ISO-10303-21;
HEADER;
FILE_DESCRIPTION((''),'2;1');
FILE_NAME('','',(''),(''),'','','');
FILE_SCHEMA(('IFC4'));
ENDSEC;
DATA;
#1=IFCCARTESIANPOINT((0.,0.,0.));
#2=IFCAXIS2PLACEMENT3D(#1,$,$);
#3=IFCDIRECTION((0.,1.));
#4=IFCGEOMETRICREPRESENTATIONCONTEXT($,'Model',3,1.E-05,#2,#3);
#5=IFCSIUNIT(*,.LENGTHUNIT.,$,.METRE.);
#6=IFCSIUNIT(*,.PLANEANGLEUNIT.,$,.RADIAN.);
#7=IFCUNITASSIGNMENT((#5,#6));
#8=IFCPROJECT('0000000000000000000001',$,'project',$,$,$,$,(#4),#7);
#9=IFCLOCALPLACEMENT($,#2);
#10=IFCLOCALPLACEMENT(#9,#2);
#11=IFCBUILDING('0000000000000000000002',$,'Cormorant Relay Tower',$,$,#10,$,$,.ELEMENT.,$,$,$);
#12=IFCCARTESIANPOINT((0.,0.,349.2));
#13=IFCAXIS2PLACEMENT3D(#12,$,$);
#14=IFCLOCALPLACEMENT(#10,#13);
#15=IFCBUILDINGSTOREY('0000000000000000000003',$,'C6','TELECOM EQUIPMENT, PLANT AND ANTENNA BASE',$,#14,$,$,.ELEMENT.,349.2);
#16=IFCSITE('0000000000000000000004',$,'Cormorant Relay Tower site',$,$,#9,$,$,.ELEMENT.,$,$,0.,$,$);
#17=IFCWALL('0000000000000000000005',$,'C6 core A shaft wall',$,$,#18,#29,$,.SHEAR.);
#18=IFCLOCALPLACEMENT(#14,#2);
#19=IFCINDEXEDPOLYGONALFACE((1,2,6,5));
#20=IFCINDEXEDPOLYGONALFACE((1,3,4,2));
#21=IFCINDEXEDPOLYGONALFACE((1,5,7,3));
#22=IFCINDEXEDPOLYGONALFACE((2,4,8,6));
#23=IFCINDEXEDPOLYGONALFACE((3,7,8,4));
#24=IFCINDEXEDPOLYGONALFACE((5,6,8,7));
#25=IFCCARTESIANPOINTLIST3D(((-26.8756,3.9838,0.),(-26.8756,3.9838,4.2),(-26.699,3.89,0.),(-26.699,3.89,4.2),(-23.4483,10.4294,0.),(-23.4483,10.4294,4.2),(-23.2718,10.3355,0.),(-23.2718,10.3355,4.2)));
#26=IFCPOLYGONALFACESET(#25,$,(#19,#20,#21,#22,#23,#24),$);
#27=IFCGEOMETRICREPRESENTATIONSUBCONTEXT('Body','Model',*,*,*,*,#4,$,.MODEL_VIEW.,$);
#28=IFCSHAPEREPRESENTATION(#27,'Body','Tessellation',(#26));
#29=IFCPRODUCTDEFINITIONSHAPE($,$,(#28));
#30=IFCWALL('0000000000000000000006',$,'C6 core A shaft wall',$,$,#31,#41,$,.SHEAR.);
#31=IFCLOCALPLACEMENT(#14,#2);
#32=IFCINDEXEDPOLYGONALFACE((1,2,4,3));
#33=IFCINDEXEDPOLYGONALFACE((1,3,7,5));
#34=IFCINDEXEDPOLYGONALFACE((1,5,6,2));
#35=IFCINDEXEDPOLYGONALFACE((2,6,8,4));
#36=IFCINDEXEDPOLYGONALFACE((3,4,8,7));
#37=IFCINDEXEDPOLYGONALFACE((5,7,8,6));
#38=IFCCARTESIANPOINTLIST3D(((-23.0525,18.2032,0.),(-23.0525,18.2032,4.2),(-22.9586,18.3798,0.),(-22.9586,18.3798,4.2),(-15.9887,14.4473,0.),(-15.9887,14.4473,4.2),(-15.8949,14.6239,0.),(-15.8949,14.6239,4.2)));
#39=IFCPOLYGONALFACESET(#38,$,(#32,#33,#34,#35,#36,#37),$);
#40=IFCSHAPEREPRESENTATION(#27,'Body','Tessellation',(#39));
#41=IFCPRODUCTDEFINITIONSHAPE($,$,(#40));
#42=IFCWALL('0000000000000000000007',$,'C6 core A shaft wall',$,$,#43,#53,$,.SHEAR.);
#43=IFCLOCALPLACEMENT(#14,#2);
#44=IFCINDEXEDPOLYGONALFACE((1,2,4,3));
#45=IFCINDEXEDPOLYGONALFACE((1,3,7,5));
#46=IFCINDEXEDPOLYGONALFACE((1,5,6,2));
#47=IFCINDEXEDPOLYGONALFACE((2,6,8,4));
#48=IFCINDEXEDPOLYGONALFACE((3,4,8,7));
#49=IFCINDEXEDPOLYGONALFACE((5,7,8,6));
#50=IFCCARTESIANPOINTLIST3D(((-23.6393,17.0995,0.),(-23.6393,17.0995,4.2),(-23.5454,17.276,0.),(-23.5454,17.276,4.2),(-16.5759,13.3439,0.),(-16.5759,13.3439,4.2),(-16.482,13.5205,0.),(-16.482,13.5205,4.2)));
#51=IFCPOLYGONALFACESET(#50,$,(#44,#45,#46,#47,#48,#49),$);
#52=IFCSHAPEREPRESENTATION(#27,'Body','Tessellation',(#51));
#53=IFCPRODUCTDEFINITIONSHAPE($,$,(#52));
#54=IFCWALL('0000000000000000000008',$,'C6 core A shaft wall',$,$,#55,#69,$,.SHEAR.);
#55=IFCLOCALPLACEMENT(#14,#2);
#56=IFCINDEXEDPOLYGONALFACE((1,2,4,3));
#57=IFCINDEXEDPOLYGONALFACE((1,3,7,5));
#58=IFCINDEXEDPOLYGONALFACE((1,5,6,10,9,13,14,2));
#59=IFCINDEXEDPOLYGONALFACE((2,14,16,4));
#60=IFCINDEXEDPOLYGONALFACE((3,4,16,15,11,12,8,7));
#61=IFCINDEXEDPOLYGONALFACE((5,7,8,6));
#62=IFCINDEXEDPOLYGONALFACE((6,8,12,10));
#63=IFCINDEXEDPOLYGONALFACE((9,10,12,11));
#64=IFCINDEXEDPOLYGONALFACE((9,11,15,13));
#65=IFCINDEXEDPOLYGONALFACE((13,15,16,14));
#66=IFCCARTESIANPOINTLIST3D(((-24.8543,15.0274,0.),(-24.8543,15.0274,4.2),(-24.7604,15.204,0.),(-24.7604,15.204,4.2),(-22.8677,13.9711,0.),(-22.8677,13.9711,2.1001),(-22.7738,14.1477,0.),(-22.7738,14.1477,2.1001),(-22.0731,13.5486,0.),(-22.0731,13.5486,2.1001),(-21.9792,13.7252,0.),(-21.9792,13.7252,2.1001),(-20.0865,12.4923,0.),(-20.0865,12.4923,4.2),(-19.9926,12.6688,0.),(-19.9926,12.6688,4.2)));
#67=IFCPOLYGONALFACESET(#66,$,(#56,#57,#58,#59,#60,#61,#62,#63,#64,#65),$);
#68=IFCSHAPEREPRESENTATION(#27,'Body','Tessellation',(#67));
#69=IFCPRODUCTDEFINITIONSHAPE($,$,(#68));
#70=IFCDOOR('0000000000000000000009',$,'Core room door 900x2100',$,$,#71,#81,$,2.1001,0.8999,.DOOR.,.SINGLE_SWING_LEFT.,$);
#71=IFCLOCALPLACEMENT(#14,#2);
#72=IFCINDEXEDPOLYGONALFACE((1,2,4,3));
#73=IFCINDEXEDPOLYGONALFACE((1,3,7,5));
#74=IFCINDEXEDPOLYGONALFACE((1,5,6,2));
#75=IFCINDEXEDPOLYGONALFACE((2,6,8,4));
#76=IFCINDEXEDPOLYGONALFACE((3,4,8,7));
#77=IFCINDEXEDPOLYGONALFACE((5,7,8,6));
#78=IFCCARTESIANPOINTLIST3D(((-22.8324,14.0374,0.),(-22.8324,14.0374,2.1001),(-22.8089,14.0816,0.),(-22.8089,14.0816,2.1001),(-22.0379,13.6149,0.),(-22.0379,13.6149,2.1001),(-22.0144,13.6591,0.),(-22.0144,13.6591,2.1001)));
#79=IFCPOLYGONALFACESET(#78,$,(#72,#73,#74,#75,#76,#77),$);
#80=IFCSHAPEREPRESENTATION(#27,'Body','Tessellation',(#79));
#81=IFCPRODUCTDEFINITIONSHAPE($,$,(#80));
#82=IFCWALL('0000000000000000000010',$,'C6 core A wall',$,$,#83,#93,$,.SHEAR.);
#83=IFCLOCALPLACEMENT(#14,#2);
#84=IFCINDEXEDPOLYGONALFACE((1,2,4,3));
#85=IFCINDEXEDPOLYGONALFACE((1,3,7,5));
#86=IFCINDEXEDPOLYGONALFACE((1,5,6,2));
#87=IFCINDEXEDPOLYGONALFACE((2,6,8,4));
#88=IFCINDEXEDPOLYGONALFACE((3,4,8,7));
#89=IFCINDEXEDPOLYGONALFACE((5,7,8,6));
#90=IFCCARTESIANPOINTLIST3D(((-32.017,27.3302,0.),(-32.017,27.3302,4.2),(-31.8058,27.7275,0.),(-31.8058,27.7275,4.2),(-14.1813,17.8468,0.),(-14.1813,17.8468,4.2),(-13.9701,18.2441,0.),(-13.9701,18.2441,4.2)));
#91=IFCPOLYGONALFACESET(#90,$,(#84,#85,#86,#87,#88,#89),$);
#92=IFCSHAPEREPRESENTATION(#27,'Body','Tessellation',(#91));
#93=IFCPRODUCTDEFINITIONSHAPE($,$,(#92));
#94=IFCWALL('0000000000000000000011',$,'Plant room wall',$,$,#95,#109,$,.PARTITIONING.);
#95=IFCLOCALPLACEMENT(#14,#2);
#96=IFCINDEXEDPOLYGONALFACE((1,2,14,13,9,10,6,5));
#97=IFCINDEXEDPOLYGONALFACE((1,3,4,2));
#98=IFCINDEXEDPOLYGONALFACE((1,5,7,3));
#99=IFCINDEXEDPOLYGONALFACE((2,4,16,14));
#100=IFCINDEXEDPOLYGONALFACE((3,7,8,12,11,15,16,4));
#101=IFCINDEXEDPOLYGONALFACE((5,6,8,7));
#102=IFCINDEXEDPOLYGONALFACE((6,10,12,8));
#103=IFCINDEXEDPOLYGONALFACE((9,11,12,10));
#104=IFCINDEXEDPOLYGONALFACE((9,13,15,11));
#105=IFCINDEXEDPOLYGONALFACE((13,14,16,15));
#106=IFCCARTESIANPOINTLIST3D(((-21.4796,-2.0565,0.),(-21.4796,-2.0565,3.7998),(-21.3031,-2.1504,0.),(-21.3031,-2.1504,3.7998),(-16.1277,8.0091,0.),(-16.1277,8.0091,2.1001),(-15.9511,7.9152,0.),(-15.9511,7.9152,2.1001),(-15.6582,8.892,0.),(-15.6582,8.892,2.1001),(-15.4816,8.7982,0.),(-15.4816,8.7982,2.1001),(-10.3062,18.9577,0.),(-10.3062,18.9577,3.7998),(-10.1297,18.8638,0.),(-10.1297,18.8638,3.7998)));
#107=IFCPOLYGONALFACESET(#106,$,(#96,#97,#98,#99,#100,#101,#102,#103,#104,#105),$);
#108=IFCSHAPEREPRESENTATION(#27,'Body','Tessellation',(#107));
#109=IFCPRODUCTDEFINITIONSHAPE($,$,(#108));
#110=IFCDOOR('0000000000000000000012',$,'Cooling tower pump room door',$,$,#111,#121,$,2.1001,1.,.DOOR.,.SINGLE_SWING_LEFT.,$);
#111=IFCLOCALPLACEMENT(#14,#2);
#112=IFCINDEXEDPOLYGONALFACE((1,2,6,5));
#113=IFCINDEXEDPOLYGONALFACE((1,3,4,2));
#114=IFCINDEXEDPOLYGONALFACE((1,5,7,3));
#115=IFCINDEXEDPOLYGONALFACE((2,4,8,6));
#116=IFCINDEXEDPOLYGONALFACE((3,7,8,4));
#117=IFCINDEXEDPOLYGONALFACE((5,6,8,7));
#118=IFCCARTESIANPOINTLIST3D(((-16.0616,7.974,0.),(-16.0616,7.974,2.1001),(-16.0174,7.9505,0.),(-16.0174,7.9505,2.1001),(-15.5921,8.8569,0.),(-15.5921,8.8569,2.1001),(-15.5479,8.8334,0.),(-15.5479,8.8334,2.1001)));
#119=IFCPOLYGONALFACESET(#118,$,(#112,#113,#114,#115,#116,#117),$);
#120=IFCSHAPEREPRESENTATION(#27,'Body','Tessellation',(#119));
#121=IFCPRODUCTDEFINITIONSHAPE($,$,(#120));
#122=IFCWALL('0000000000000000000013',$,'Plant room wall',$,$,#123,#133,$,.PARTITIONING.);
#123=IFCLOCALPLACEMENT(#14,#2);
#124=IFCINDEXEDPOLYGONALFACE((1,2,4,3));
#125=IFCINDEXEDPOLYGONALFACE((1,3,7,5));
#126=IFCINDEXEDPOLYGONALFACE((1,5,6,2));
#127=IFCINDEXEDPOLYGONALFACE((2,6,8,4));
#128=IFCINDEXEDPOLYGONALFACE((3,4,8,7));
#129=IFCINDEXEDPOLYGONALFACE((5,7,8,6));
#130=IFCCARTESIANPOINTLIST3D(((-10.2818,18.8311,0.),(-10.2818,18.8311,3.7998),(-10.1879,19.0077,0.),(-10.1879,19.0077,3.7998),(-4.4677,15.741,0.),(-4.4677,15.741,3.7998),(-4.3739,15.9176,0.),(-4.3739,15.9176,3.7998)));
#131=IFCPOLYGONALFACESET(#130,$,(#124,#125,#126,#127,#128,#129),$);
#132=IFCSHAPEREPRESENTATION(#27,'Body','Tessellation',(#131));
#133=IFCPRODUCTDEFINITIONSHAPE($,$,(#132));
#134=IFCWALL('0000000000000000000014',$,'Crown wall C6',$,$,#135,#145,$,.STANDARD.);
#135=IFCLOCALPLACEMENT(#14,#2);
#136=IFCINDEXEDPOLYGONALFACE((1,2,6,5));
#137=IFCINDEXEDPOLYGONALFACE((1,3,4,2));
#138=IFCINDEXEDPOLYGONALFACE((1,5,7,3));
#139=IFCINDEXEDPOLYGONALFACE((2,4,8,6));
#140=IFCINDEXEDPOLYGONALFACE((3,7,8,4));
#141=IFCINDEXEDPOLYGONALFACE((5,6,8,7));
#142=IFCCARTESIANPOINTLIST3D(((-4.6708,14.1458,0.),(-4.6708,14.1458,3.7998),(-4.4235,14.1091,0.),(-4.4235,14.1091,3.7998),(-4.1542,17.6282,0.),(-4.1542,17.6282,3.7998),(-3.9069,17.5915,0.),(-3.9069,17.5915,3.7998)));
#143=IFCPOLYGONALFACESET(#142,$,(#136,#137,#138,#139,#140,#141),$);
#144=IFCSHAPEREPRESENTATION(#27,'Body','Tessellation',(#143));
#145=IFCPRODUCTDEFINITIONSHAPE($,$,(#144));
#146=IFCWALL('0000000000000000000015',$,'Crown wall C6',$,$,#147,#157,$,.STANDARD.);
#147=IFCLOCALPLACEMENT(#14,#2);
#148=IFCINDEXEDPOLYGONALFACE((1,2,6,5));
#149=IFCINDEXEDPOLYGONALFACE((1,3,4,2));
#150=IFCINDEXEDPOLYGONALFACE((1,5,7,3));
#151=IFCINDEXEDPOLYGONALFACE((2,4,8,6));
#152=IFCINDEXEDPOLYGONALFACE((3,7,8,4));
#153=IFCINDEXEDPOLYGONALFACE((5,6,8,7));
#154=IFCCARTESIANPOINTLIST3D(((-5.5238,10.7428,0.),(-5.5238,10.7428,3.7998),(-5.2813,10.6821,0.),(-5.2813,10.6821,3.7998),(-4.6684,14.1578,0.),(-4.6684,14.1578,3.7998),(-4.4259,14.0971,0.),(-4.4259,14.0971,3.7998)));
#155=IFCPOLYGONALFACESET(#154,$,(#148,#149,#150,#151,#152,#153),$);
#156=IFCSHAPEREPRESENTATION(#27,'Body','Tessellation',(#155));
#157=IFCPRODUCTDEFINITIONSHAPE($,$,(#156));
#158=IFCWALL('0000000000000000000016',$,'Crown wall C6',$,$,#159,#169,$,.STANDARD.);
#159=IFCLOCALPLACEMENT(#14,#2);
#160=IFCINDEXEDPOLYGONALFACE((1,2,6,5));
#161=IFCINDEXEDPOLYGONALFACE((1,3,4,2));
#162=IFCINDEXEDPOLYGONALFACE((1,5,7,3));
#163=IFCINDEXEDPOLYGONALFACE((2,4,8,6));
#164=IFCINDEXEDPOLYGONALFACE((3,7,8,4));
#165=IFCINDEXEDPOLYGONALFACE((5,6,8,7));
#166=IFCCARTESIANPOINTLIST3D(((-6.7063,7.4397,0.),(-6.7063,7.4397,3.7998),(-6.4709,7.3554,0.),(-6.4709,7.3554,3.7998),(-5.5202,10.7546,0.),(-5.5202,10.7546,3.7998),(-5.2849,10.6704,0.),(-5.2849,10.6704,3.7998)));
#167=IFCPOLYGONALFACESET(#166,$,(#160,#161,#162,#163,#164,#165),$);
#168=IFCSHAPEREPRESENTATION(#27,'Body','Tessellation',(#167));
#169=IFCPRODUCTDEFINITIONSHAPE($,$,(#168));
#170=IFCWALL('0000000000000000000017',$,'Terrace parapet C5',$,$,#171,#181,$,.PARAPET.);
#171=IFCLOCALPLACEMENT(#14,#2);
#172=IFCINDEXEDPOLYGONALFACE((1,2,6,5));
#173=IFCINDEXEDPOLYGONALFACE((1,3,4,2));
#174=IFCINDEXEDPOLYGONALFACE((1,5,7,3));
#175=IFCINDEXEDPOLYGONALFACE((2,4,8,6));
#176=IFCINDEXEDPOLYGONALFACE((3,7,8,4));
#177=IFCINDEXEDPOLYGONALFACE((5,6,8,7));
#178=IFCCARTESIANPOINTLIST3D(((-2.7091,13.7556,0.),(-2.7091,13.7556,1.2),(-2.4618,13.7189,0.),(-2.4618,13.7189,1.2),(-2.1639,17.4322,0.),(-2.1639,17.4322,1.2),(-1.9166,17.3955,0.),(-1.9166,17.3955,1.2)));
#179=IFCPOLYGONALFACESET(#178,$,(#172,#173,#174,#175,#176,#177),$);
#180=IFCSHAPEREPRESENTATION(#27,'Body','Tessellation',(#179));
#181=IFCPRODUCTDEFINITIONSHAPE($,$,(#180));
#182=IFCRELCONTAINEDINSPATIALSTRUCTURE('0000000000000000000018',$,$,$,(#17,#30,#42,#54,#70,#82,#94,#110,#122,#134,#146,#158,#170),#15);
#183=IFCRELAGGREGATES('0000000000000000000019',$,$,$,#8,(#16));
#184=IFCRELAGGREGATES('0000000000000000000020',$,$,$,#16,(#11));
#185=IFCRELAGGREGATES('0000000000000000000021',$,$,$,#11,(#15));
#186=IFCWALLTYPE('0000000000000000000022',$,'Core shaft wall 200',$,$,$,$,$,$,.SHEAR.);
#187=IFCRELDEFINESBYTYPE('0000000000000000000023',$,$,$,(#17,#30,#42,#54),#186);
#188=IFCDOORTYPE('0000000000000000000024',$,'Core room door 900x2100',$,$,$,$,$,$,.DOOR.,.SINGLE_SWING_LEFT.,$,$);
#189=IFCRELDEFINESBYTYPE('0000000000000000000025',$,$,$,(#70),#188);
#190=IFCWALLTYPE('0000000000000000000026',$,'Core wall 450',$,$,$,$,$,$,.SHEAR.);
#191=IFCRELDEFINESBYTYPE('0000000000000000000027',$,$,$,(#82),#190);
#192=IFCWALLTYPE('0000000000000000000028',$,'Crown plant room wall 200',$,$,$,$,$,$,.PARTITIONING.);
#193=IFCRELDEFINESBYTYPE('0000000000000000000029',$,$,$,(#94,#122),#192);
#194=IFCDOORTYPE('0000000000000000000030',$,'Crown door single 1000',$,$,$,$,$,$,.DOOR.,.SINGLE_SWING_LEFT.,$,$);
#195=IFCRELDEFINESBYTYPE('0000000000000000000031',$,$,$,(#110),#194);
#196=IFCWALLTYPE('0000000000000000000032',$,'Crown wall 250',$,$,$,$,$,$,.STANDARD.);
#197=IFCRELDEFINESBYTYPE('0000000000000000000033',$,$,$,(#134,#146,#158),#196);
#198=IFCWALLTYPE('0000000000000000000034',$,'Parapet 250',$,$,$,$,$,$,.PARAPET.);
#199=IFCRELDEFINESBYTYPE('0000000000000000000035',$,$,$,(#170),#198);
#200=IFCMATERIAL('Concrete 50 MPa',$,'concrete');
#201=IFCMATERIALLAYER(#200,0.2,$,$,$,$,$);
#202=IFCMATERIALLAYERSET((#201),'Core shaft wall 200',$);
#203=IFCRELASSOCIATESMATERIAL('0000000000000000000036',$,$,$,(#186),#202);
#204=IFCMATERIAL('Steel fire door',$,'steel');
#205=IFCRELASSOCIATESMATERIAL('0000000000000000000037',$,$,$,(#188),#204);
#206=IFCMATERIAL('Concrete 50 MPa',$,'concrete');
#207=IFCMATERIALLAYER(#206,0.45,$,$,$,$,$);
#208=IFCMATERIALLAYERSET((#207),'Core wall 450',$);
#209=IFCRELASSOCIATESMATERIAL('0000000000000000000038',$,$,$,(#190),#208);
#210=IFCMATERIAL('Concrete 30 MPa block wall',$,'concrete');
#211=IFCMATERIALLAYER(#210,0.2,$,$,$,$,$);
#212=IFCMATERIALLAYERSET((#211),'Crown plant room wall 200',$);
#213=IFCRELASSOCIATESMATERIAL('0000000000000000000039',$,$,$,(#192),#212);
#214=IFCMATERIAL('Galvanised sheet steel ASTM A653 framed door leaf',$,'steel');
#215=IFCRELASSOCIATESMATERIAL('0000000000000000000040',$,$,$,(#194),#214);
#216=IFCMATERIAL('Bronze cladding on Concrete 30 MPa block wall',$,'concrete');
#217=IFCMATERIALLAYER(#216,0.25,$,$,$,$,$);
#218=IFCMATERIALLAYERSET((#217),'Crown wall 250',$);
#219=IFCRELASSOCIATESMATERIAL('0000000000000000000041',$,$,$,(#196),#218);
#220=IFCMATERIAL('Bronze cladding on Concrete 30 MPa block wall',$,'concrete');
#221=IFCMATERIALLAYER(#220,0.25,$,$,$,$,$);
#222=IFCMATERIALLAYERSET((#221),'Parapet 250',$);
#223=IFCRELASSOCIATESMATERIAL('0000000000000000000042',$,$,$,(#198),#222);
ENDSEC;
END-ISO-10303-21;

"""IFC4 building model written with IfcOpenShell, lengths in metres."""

from ifc_helpers import new_model, si_unit, direction, frame, frame_2d, origin, place, context, subcontext, project, spatial, rectangle, extrude, material, layer, layer_set, type_object, element, fill, save


model = new_model("IFC4")

# Units and contexts
model_context = context("Model", 3, precision=1e-05, world=origin(), true_north=direction((0.0, 1.0)))
body_context = subcontext(model_context, "Body", "Model", "MODEL_VIEW")
ifc_project = project(units=[si_unit("LENGTHUNIT", "METRE"), si_unit("PLANEANGLEUNIT", "RADIAN")], contexts=[model_context])

# Site, building, storey
site_placement = place(None, origin())
site = spatial("IfcSite", under=ifc_project, at=site_placement, Name="Cormorant Relay Tower site", CompositionType="ELEMENT", RefElevation=0.0)
building_placement = place(site_placement, origin())
building = spatial("IfcBuilding", under=site, at=building_placement, Name="Cormorant Relay Tower", CompositionType="ELEMENT")
storey_placement = place(building_placement, frame((0.0, 0.0, 349.2)))
storey = spatial("IfcBuildingStorey", under=building, at=storey_placement, Name="C6", Description="TELECOM EQUIPMENT, PLANT AND ANTENNA BASE", CompositionType="ELEMENT", Elevation=349.2)

# Walls
ifc_material_1 = material(Name="Concrete 50 MPa", Category="concrete")
ifc_layer_1 = layer(ifc_material_1, 0.2)
ifc_layer_set_1 = layer_set([ifc_layer_1], Name="Core shaft wall 200")
wall_type_1 = type_object("IfcWallType", Name="Core shaft wall 200", PredefinedType="SHEAR", material=ifc_layer_set_1)
wall_1_placement = place(storey_placement, frame((-23.3601, 10.3823, 0.0), z_axis=(0.0, 0.0, 1.0), x_axis=(-0.46948, -0.882943, 0.0)))
element("IfcWall", 1, at=wall_1_placement, inside=storey, type_object=wall_type_1, Name="C6 core A shaft wall", PredefinedType="SHEAR", context=body_context, shape_type="SweptSolid", body=[
    extrude(rectangle(XDim=7.3, YDim=0.2, at=frame_2d((3.6499, 0.0))), origin(), (0.0, 0.0, 1.0), 4.2),
])
wall_2_placement = place(storey_placement, frame((-15.9419, 14.5356, 0.0), z_axis=(0.0, 0.0, 1.0), x_axis=(-0.882947, 0.469473, 0.0)))
element("IfcWall", 2, at=wall_2_placement, inside=storey, type_object=wall_type_1, Name="C6 core A shaft wall", PredefinedType="SHEAR", context=body_context, shape_type="SweptSolid", body=[
    extrude(rectangle(XDim=8.0002, YDim=0.2, at=frame_2d((4.0, 0.0))), origin(), (0.0, 0.0, 1.0), 4.2),
])
wall_3_placement = place(storey_placement, frame((-16.5288, 13.4321, 0.0), z_axis=(0.0, 0.0, 1.0), x_axis=(-0.882953, 0.469462, 0.0)))
element("IfcWall", 3, at=wall_3_placement, inside=storey, type_object=wall_type_1, Name="C6 core A shaft wall", PredefinedType="SHEAR", context=body_context, shape_type="SweptSolid", body=[
    extrude(rectangle(XDim=7.9998, YDim=0.2, at=frame_2d((4.0, 0.0))), origin(), (0.0, 0.0, 1.0), 4.2),
])

# Wall, opening, door
wall_4_placement = place(storey_placement, frame((-20.0396, 12.5806, 0.0), z_axis=(0.0, 0.0, 1.0), x_axis=(-0.882943, 0.46948, 0.0)))
wall_4 = element("IfcWall", 4, at=wall_4_placement, inside=storey, type_object=wall_type_1, Name="C6 core A shaft wall", PredefinedType="SHEAR", context=body_context, shape_type="SweptSolid", body=[
    extrude(rectangle(XDim=5.3999, YDim=0.2, at=frame_2d((2.7, 0.0))), origin(), (0.0, 0.0, 1.0), 4.2),
])
opening_1_placement = place(wall_4_placement, frame((2.25, 0.0, 0.0)))
opening_1 = element("IfcOpeningElement", 5, at=opening_1_placement, cuts=wall_4, PredefinedType="OPENING", context=body_context, shape_type="SweptSolid", body=[
    extrude(rectangle(XDim=0.8999, YDim=2.1001, at=frame_2d((0.45, 1.05))), frame((0.0, 0.1099, 0.0), z_axis=(0.0, -1.0, 0.0), x_axis=(1.0, 0.0, 0.0)), (0.0, 0.0, 1.0), 0.22),
])
ifc_material_2 = material(Name="Steel fire door", Category="steel")
door_type_1 = type_object("IfcDoorType", Name="Core room door 900x2100", OperationType="SINGLE_SWING_LEFT", PredefinedType="DOOR", material=ifc_material_2)
door_1_placement = place(opening_1_placement, origin())
door_1 = element("IfcDoor", 6, at=door_1_placement, inside=storey, type_object=door_type_1, Name="Core room door 900x2100", OperationType="SINGLE_SWING_LEFT", OverallHeight=2.1001, OverallWidth=0.8999, PredefinedType="DOOR", context=body_context, shape_type="SweptSolid", body=[
    extrude(rectangle(XDim=0.8999, YDim=2.1001, at=frame_2d((0.45, 1.05))), frame((0.0, 0.0249, 0.0), z_axis=(0.0, -1.0, 0.0), x_axis=(1.0, 0.0, 0.0)), (0.0, 0.0, 1.0), 0.05),
])
fill(opening_1, door_1)
ifc_material_3 = material(Name="Concrete 50 MPa", Category="concrete")
ifc_layer_2 = layer(ifc_material_3, 0.45)
ifc_layer_set_2 = layer_set([ifc_layer_2], Name="Core wall 450")
wall_type_2 = type_object("IfcWallType", Name="Core wall 450", PredefinedType="SHEAR", material=ifc_layer_set_2)

# Wall
wall_5_placement = place(storey_placement, frame((-14.0757, 18.0454, 0.0), z_axis=(0.0, 0.0, 1.0), x_axis=(-0.882948, 0.469471, 0.0)))
element("IfcWall", 7, at=wall_5_placement, inside=storey, type_object=wall_type_2, Name="C6 core A wall", PredefinedType="SHEAR", context=body_context, shape_type="SweptSolid", body=[
    extrude(rectangle(XDim=20.2002, YDim=0.45, at=frame_2d((10.1001, 0.0))), origin(), (0.0, 0.0, 1.0), 4.2),
])

# Wall, opening, door
ifc_material_4 = material(Name="Concrete 30 MPa block wall", Category="concrete")
ifc_layer_3 = layer(ifc_material_4, 0.2)
ifc_layer_set_3 = layer_set([ifc_layer_3], Name="Crown plant room wall 200")
wall_type_3 = type_object("IfcWallType", Name="Crown plant room wall 200", PredefinedType="PARTITIONING", material=ifc_layer_set_3)
wall_6_placement = place(storey_placement, frame((-10.218, 18.9106, 0.0), z_axis=(0.0, 0.0, 1.0), x_axis=(-0.469469, -0.882949, 0.0)))
wall_6 = element("IfcWall", 8, at=wall_6_placement, inside=storey, type_object=wall_type_3, Name="Plant room wall", PredefinedType="PARTITIONING", context=body_context, shape_type="SweptSolid", body=[
    extrude(rectangle(XDim=23.8, YDim=0.2, at=frame_2d((11.8999, 0.0))), origin(), (0.0, 0.0, 1.0), 3.7998),
])
opening_2_placement = place(wall_6_placement, frame((11.3999, 0.0, 0.0)))
opening_2 = element("IfcOpeningElement", 9, at=opening_2_placement, cuts=wall_6, PredefinedType="OPENING", context=body_context, shape_type="SweptSolid", body=[
    extrude(rectangle(XDim=1.0, YDim=2.1001, at=frame_2d((0.5, 1.05))), frame((0.0, 0.1099, 0.0), z_axis=(0.0, -1.0, 0.0), x_axis=(1.0, 0.0, 0.0)), (0.0, 0.0, 1.0), 0.22),
])
ifc_material_5 = material(Name="Galvanised sheet steel ASTM A653 framed door leaf", Category="steel")
door_type_2 = type_object("IfcDoorType", Name="Crown door single 1000", OperationType="SINGLE_SWING_LEFT", PredefinedType="DOOR", material=ifc_material_5)
door_2_placement = place(opening_2_placement, origin())
door_2 = element("IfcDoor", 10, at=door_2_placement, inside=storey, type_object=door_type_2, Name="Cooling tower pump room door", OperationType="SINGLE_SWING_LEFT", OverallHeight=2.1001, OverallWidth=1.0, PredefinedType="DOOR", context=body_context, shape_type="SweptSolid", body=[
    extrude(rectangle(XDim=1.0, YDim=2.1001, at=frame_2d((0.5, 1.05))), frame((0.0, 0.0249, 0.0), z_axis=(0.0, -1.0, 0.0), x_axis=(1.0, 0.0, 0.0)), (0.0, 0.0, 1.0), 0.05),
])
fill(opening_2, door_2)

# Walls
wall_7_placement = place(storey_placement, frame((-4.4209, 15.8293, 0.0), z_axis=(0.0, 0.0, 1.0), x_axis=(-0.883026, 0.469323, 0.0)))
element("IfcWall", 11, at=wall_7_placement, inside=storey, type_object=wall_type_3, Name="Plant room wall", PredefinedType="PARTITIONING", context=body_context, shape_type="SweptSolid", body=[
    extrude(rectangle(XDim=6.5842, YDim=0.2, at=frame_2d((3.292, 0.0))), origin(), (0.0, 0.0, 1.0), 3.7998),
])
ifc_material_6 = material(Name="Bronze cladding on Concrete 30 MPa block wall", Category="concrete")
ifc_layer_4 = layer(ifc_material_6, 0.25)
ifc_layer_set_4 = layer_set([ifc_layer_4], Name="Crown wall 250")
wall_type_4 = type_object("IfcWallType", Name="Crown wall 250", PredefinedType="STANDARD", material=ifc_layer_set_4)
for number, where, z_axis, x_axis, name in (
    (12, (-4.0305, 17.6099, 0.0), (0.0, 0.0, 1.0), (-0.14674, -0.989175, 0.0), "Crown wall C6"),
    (13, (-4.5471, 14.1274, 0.0), (0.0, 0.0, 1.0), (-0.242992, -0.970028, 0.0), "Crown wall C6"),
):
    element("IfcWall", number, at=place(storey_placement, frame(where, z_axis=z_axis, x_axis=x_axis)), inside=storey, type_object=wall_type_4, Name=name, PredefinedType="STANDARD", context=body_context, shape_type="SweptSolid", body=[
        extrude(rectangle(XDim=3.5205, YDim=0.25, at=frame_2d((1.7603, 0.0))), origin(), (0.0, 0.0, 1.0), 3.7998),
    ])
wall_8_placement = place(storey_placement, frame((-5.4026, 10.7124, 0.0), z_axis=(0.0, 0.0, 1.0), x_axis=(-0.336872, -0.94155, 0.0)))
element("IfcWall", 14, at=wall_8_placement, inside=storey, type_object=wall_type_4, Name="Crown wall C6", PredefinedType="STANDARD", context=body_context, shape_type="SweptSolid", body=[
    extrude(rectangle(XDim=3.5208, YDim=0.25, at=frame_2d((1.7603, 0.0))), origin(), (0.0, 0.0, 1.0), 3.7998),
])
ifc_material_7 = material(Name="Bronze cladding on Concrete 30 MPa block wall", Category="concrete")
ifc_layer_5 = layer(ifc_material_7, 0.25)
ifc_layer_set_5 = layer_set([ifc_layer_5], Name="Parapet 250")
wall_type_5 = type_object("IfcWallType", Name="Parapet 250", PredefinedType="PARAPET", material=ifc_layer_set_5)
wall_9_placement = place(storey_placement, frame((-2.0403, 17.4138, 0.0), z_axis=(0.0, 0.0, 1.0), x_axis=(-0.14668, -0.989184, 0.0)))
element("IfcWall", 15, at=wall_9_placement, inside=storey, type_object=wall_type_5, Name="Terrace parapet C5", PredefinedType="PARAPET", context=body_context, shape_type="SweptSolid", body=[
    extrude(rectangle(XDim=3.7168, YDim=0.25, at=frame_2d((1.8584, 0.0))), origin(), (0.0, 0.0, 1.0), 1.2),
])

save(model, "model.ifc")
